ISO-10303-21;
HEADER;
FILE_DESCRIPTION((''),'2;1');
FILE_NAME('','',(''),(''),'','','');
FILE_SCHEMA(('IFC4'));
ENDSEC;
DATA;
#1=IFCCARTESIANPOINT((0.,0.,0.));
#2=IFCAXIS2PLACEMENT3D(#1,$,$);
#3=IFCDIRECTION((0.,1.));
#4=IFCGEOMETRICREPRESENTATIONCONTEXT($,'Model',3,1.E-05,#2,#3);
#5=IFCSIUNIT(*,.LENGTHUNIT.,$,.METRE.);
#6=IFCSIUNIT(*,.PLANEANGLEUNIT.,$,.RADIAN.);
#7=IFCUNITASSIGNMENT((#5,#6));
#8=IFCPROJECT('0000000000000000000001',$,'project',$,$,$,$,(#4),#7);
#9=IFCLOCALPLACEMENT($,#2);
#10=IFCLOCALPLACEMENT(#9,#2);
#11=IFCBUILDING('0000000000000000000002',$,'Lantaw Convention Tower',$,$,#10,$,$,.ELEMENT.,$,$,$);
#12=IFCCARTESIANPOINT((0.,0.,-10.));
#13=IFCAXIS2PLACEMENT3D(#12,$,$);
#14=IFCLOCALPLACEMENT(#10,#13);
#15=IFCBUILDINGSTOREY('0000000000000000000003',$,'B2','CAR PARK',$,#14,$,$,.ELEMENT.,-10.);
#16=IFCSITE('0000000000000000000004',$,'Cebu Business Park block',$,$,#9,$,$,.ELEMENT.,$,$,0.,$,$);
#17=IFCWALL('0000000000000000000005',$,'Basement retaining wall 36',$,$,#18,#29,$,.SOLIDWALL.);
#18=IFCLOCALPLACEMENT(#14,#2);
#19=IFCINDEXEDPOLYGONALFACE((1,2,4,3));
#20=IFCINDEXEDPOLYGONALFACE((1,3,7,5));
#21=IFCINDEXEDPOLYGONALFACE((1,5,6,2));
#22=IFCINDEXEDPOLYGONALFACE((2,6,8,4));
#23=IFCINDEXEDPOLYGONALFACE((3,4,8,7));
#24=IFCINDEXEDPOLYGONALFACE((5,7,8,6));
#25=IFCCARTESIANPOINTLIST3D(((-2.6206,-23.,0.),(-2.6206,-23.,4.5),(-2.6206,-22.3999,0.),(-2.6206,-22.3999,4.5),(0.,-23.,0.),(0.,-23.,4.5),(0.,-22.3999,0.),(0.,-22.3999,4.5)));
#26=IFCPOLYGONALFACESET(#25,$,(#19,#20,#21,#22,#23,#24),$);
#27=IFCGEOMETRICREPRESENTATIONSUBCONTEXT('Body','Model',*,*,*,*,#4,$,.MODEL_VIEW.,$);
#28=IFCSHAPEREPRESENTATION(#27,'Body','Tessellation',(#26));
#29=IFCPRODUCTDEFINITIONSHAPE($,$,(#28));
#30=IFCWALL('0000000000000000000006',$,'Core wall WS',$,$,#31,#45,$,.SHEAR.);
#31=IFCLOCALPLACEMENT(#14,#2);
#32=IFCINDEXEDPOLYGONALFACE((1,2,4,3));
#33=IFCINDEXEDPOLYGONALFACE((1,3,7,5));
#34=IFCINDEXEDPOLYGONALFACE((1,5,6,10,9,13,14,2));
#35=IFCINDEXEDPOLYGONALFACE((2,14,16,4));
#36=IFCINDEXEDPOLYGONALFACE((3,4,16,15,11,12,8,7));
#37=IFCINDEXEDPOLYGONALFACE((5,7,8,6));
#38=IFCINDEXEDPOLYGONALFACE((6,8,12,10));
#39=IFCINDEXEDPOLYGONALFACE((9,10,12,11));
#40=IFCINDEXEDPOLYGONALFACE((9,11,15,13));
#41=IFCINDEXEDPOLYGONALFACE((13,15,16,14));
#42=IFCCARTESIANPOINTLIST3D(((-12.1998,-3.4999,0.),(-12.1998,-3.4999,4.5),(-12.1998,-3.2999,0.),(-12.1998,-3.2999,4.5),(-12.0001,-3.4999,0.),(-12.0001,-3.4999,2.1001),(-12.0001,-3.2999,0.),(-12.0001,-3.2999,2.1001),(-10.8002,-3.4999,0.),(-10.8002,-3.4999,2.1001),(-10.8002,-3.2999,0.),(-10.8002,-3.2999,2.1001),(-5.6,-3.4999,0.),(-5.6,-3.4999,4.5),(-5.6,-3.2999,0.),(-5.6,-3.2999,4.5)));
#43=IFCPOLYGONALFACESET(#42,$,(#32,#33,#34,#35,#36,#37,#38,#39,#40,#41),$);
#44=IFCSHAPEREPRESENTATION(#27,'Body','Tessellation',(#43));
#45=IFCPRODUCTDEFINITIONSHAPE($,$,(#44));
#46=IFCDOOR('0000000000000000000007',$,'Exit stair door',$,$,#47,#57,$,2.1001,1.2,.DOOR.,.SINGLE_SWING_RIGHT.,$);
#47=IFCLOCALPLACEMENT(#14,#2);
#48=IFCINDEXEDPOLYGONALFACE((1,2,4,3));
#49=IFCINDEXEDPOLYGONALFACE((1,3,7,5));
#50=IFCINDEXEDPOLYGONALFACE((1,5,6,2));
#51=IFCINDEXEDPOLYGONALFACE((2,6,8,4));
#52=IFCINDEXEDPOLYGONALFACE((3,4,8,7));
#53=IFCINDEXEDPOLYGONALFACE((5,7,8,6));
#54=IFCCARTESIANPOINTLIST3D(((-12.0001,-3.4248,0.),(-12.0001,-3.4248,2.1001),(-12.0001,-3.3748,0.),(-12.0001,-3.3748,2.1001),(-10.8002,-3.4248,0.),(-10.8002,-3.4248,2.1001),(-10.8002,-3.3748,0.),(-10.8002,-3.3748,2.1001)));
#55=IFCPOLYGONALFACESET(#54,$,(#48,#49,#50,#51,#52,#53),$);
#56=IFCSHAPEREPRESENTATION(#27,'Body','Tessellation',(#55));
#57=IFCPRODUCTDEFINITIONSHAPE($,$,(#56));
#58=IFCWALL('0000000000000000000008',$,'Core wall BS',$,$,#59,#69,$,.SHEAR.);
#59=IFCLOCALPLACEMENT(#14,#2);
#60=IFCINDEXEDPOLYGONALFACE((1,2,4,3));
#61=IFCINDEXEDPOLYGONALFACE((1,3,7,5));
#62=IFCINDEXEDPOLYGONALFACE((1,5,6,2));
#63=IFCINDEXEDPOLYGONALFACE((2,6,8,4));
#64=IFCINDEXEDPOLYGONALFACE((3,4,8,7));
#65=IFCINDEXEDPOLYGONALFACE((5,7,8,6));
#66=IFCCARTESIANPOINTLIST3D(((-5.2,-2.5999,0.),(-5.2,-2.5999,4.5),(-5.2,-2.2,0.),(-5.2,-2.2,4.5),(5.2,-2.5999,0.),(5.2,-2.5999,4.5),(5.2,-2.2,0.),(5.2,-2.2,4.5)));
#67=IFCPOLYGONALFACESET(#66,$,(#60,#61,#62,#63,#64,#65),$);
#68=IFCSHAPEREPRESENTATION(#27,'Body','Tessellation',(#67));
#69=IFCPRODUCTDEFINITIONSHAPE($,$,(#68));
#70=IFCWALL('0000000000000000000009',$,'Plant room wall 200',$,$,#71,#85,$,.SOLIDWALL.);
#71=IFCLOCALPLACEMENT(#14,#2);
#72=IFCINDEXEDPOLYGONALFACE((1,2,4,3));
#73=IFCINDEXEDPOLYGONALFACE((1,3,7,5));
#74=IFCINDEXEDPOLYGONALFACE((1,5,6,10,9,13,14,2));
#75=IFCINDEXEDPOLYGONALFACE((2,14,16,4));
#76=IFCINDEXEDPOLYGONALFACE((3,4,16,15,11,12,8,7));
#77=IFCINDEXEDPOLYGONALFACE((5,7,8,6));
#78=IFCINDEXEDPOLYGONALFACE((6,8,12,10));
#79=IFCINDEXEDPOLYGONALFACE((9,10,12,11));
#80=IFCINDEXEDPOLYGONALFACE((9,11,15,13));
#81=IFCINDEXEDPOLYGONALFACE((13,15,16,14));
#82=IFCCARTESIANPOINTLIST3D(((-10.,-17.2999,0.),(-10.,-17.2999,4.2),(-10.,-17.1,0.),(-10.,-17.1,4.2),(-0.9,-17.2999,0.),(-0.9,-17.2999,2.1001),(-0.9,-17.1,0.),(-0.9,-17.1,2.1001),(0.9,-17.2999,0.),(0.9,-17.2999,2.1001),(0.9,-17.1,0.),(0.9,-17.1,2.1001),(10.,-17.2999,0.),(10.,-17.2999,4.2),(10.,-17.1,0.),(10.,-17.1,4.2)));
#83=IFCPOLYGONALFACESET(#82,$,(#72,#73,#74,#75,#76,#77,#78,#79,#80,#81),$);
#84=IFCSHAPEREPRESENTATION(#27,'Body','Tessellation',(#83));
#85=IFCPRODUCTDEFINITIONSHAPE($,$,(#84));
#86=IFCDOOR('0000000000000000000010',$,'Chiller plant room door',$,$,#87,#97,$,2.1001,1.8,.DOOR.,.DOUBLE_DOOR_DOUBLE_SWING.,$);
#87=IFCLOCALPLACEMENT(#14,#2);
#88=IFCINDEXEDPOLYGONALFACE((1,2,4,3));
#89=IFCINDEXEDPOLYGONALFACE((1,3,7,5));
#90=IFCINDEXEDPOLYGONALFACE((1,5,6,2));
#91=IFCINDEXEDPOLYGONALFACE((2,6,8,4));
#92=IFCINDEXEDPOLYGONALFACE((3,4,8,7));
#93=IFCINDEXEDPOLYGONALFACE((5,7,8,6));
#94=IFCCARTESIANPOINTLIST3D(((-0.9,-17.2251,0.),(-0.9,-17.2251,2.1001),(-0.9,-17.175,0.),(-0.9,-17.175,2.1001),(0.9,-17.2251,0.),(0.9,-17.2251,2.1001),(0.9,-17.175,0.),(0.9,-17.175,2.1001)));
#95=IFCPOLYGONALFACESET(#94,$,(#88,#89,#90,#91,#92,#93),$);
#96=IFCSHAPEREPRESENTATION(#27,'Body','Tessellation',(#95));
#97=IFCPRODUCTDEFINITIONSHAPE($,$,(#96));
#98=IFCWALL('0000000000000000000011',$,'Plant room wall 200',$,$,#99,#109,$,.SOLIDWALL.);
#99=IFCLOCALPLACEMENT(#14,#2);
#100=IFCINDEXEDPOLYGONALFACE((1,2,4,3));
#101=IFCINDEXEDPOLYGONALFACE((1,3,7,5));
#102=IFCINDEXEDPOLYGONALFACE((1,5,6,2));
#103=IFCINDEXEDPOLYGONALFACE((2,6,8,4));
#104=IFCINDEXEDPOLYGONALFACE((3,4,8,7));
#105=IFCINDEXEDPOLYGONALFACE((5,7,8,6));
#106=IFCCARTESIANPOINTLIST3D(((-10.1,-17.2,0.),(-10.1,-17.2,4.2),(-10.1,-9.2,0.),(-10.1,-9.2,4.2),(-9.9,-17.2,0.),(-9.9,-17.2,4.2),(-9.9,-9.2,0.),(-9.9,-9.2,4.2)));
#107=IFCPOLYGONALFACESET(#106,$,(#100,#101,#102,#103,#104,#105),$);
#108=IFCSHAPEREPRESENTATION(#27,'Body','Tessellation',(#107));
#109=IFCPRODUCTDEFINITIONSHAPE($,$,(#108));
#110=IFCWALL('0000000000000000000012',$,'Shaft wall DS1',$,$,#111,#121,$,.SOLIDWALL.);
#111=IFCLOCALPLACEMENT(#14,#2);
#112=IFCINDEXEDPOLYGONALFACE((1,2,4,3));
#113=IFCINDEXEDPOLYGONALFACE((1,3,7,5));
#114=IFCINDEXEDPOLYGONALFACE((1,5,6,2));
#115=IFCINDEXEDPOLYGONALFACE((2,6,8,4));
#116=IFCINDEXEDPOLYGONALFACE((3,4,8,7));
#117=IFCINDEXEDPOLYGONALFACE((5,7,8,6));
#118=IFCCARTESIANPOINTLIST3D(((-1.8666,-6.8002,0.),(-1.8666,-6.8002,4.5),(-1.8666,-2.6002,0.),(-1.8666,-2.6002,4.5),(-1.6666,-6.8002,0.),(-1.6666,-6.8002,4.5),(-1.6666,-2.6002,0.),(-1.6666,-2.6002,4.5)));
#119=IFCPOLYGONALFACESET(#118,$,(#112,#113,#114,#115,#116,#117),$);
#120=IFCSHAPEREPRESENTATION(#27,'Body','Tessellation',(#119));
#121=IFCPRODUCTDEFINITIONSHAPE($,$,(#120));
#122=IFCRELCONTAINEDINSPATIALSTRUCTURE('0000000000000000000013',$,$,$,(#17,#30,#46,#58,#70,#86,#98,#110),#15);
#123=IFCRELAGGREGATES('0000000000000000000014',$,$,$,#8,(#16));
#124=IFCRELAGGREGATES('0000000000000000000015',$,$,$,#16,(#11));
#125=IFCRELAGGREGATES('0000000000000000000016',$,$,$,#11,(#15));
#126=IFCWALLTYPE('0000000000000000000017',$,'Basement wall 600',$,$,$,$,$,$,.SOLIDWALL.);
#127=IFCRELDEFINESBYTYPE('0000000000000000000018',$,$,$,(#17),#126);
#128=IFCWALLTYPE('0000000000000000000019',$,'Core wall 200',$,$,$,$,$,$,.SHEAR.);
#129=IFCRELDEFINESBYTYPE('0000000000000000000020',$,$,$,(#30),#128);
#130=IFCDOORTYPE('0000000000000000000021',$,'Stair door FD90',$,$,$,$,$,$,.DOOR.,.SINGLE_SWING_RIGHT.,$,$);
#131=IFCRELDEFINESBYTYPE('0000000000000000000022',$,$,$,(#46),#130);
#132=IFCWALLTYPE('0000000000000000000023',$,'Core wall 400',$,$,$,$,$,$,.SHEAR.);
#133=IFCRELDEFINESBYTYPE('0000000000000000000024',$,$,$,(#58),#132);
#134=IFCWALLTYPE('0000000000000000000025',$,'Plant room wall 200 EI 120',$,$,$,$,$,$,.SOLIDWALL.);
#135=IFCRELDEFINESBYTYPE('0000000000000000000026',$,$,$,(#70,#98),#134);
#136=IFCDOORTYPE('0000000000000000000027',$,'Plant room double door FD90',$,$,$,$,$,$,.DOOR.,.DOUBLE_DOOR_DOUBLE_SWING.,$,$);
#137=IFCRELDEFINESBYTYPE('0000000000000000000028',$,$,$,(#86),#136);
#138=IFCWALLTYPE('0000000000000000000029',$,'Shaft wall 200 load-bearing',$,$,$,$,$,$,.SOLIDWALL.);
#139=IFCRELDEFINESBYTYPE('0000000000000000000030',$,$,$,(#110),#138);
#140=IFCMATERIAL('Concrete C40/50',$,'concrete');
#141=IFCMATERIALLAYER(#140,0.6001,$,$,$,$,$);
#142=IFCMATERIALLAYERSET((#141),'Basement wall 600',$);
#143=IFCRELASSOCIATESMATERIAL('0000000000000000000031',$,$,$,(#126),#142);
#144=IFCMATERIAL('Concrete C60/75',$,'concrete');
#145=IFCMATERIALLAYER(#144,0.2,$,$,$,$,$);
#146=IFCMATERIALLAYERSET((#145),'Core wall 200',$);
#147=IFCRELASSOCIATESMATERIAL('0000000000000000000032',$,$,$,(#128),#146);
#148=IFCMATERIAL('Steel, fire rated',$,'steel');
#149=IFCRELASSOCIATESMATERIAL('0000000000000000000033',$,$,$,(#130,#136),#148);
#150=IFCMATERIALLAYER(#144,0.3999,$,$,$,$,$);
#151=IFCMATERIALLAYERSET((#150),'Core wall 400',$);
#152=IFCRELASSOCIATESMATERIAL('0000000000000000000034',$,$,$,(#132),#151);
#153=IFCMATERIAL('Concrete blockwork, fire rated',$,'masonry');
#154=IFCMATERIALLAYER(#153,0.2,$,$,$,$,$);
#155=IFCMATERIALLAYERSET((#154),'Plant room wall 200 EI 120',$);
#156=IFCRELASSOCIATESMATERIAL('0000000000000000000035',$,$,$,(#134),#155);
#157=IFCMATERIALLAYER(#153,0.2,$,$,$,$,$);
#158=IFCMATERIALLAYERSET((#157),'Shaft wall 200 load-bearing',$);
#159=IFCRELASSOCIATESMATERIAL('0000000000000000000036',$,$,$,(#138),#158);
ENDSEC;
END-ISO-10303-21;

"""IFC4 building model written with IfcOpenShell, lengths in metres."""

from ifc_helpers import new_model, si_unit, direction, frame, frame_2d, origin, place, context, subcontext, project, spatial, rectangle, extrude, material, layer, layer_set, type_object, element, fill, save


model = new_model("IFC4")

# Units and contexts
model_context = context("Model", 3, precision=1e-05, world=origin(), true_north=direction((0.0, 1.0)))
body_context = subcontext(model_context, "Body", "Model", "MODEL_VIEW")
ifc_project = project(units=[si_unit("LENGTHUNIT", "METRE"), si_unit("PLANEANGLEUNIT", "RADIAN")], contexts=[model_context])

# Site, building, storey
site_placement = place(None, origin())
site = spatial("IfcSite", under=ifc_project, at=site_placement, Name="Cebu Business Park block", CompositionType="ELEMENT", RefElevation=0.0)
building_placement = place(site_placement, origin())
building = spatial("IfcBuilding", under=site, at=building_placement, Name="Lantaw Convention Tower", CompositionType="ELEMENT")
storey_placement = place(building_placement, frame((0.0, 0.0, -10.0)))
storey = spatial("IfcBuildingStorey", under=building, at=storey_placement, Name="B2", Description="CAR PARK", CompositionType="ELEMENT", Elevation=-10.0)

# Shared definitions
ifc_material_1 = material(Name="Concrete C40/50", Category="concrete")

# Shared definitions
ifc_material_2 = material(Name="Concrete C60/75", Category="concrete")

# Wall
ifc_layer_1 = layer(ifc_material_1, 0.6001)
ifc_layer_set_1 = layer_set([ifc_layer_1], Name="Basement wall 600")
wall_type_1 = type_object("IfcWallType", Name="Basement wall 600", PredefinedType="SOLIDWALL", material=ifc_layer_set_1)
wall_1_placement = place(storey_placement, frame((-2.6206, -22.7, 0.0), z_axis=(0.0, 0.0, 1.0), x_axis=(1.0, 0.0, 0.0)))
element("IfcWall", 1, at=wall_1_placement, inside=storey, type_object=wall_type_1, Name="Basement retaining wall 36", PredefinedType="SOLIDWALL", context=body_context, shape_type="SweptSolid", body=[
    extrude(rectangle(XDim=2.6206, YDim=0.6001, at=frame_2d((1.3103, 0.0))), origin(), (0.0, 0.0, 1.0), 4.5),
])

# Wall, opening, door
ifc_layer_2 = layer(ifc_material_2, 0.2)
ifc_layer_set_2 = layer_set([ifc_layer_2], Name="Core wall 200")
wall_type_2 = type_object("IfcWallType", Name="Core wall 200", PredefinedType="SHEAR", material=ifc_layer_set_2)
wall_2_placement = place(storey_placement, frame((-5.6001, -3.3999, 0.0), z_axis=(0.0, 0.0, 1.0), x_axis=(-1.0, 0.0, 0.0)))
wall_2 = element("IfcWall", 2, at=wall_2_placement, inside=storey, type_object=wall_type_2, Name="Core wall WS", PredefinedType="SHEAR", context=body_context, shape_type="SweptSolid", body=[
    extrude(rectangle(XDim=6.5999, YDim=0.2, at=frame_2d((3.2998, 0.0))), origin(), (0.0, 0.0, 1.0), 4.5),
])
opening_1_placement = place(wall_2_placement, frame((5.2, 0.0, 0.0)))
opening_1 = element("IfcOpeningElement", 3, at=opening_1_placement, cuts=wall_2, PredefinedType="OPENING", context=body_context, shape_type="SweptSolid", body=[
    extrude(rectangle(XDim=1.2, YDim=2.1001, at=frame_2d((0.6001, 1.05))), frame((0.0, 0.1099, 0.0), z_axis=(0.0, -1.0, 0.0), x_axis=(1.0, 0.0, 0.0)), (0.0, 0.0, 1.0), 0.22),
])
ifc_material_3 = material(Name="Steel, fire rated", Category="steel")
door_type_1 = type_object("IfcDoorType", Name="Stair door FD90", OperationType="SINGLE_SWING_RIGHT", PredefinedType="DOOR", material=ifc_material_3)
door_1_placement = place(opening_1_placement, origin())
door_1 = element("IfcDoor", 4, at=door_1_placement, inside=storey, type_object=door_type_1, Name="Exit stair door", OperationType="SINGLE_SWING_RIGHT", OverallHeight=2.1001, OverallWidth=1.2, PredefinedType="DOOR", context=body_context, shape_type="SweptSolid", body=[
    extrude(rectangle(XDim=1.2, YDim=2.1001, at=frame_2d((0.6001, 1.05))), frame((0.0, 0.0249, 0.0), z_axis=(0.0, -1.0, 0.0), x_axis=(1.0, 0.0, 0.0)), (0.0, 0.0, 1.0), 0.05),
])
fill(opening_1, door_1)

# Wall
ifc_layer_3 = layer(ifc_material_2, 0.3999)
ifc_layer_set_3 = layer_set([ifc_layer_3], Name="Core wall 400")
wall_type_3 = type_object("IfcWallType", Name="Core wall 400", PredefinedType="SHEAR", material=ifc_layer_set_3)
wall_3_placement = place(storey_placement, frame((-5.2, -2.3999, 0.0), z_axis=(0.0, 0.0, 1.0), x_axis=(1.0, 0.0, 0.0)))
element("IfcWall", 5, at=wall_3_placement, inside=storey, type_object=wall_type_3, Name="Core wall BS", PredefinedType="SHEAR", context=body_context, shape_type="SweptSolid", body=[
    extrude(rectangle(XDim=10.3999, YDim=0.3999, at=frame_2d((5.2, 0.0))), origin(), (0.0, 0.0, 1.0), 4.5),
])

# Wall, opening, door
ifc_material_4 = material(Name="Concrete blockwork, fire rated", Category="masonry")
ifc_layer_4 = layer(ifc_material_4, 0.2)
ifc_layer_set_4 = layer_set([ifc_layer_4], Name="Plant room wall 200 EI 120")
wall_type_4 = type_object("IfcWallType", Name="Plant room wall 200 EI 120", PredefinedType="SOLIDWALL", material=ifc_layer_set_4)
wall_4_placement = place(storey_placement, frame((-10.0, -17.2, 0.0), z_axis=(0.0, 0.0, 1.0), x_axis=(1.0, 0.0, 0.0)))
wall_4 = element("IfcWall", 6, at=wall_4_placement, inside=storey, type_object=wall_type_4, Name="Plant room wall 200", PredefinedType="SOLIDWALL", context=body_context, shape_type="SweptSolid", body=[
    extrude(rectangle(XDim=20.0, YDim=0.2, at=frame_2d((10.0, 0.0))), origin(), (0.0, 0.0, 1.0), 4.2),
])
opening_2_placement = place(wall_4_placement, frame((9.1001, 0.0, 0.0)))
opening_2 = element("IfcOpeningElement", 7, at=opening_2_placement, cuts=wall_4, PredefinedType="OPENING", context=body_context, shape_type="SweptSolid", body=[
    extrude(rectangle(XDim=1.8, YDim=2.1001, at=frame_2d((0.8999, 1.05))), frame((0.0, 0.1099, 0.0), z_axis=(0.0, -1.0, 0.0), x_axis=(1.0, 0.0, 0.0)), (0.0, 0.0, 1.0), 0.22),
])
door_type_2 = type_object("IfcDoorType", Name="Plant room double door FD90", OperationType="DOUBLE_DOOR_DOUBLE_SWING", PredefinedType="DOOR", material=ifc_material_3)
door_2_placement = place(opening_2_placement, origin())
door_2 = element("IfcDoor", 8, at=door_2_placement, inside=storey, type_object=door_type_2, Name="Chiller plant room door", OperationType="DOUBLE_DOOR_DOUBLE_SWING", OverallHeight=2.1001, OverallWidth=1.8, PredefinedType="DOOR", context=body_context, shape_type="SweptSolid", body=[
    extrude(rectangle(XDim=1.8, YDim=2.1001, at=frame_2d((0.8999, 1.05))), frame((0.0, 0.0249, 0.0), z_axis=(0.0, -1.0, 0.0), x_axis=(1.0, 0.0, 0.0)), (0.0, 0.0, 1.0), 0.05),
])
fill(opening_2, door_2)

# Walls
wall_5_placement = place(storey_placement, frame((-10.0, -9.2, 0.0), z_axis=(0.0, 0.0, 1.0), x_axis=(0.0, -1.0, 0.0)))
element("IfcWall", 9, at=wall_5_placement, inside=storey, type_object=wall_type_4, Name="Plant room wall 200", PredefinedType="SOLIDWALL", context=body_context, shape_type="SweptSolid", body=[
    extrude(rectangle(XDim=8.0, YDim=0.2, at=frame_2d((4.0, 0.0))), origin(), (0.0, 0.0, 1.0), 4.2),
])
ifc_layer_5 = layer(ifc_material_4, 0.2)
ifc_layer_set_5 = layer_set([ifc_layer_5], Name="Shaft wall 200 load-bearing")
wall_type_5 = type_object("IfcWallType", Name="Shaft wall 200 load-bearing", PredefinedType="SOLIDWALL", material=ifc_layer_set_5)
wall_6_placement = place(storey_placement, frame((-1.7666, -2.6001, 0.0), z_axis=(0.0, 0.0, 1.0), x_axis=(0.0, -1.0, 0.0)))
element("IfcWall", 10, at=wall_6_placement, inside=storey, type_object=wall_type_5, Name="Shaft wall DS1", PredefinedType="SOLIDWALL", context=body_context, shape_type="SweptSolid", body=[
    extrude(rectangle(XDim=4.2, YDim=0.2, at=frame_2d((2.1001, 0.0))), origin(), (0.0, 0.0, 1.0), 4.5),
])

save(model, "model.ifc")
